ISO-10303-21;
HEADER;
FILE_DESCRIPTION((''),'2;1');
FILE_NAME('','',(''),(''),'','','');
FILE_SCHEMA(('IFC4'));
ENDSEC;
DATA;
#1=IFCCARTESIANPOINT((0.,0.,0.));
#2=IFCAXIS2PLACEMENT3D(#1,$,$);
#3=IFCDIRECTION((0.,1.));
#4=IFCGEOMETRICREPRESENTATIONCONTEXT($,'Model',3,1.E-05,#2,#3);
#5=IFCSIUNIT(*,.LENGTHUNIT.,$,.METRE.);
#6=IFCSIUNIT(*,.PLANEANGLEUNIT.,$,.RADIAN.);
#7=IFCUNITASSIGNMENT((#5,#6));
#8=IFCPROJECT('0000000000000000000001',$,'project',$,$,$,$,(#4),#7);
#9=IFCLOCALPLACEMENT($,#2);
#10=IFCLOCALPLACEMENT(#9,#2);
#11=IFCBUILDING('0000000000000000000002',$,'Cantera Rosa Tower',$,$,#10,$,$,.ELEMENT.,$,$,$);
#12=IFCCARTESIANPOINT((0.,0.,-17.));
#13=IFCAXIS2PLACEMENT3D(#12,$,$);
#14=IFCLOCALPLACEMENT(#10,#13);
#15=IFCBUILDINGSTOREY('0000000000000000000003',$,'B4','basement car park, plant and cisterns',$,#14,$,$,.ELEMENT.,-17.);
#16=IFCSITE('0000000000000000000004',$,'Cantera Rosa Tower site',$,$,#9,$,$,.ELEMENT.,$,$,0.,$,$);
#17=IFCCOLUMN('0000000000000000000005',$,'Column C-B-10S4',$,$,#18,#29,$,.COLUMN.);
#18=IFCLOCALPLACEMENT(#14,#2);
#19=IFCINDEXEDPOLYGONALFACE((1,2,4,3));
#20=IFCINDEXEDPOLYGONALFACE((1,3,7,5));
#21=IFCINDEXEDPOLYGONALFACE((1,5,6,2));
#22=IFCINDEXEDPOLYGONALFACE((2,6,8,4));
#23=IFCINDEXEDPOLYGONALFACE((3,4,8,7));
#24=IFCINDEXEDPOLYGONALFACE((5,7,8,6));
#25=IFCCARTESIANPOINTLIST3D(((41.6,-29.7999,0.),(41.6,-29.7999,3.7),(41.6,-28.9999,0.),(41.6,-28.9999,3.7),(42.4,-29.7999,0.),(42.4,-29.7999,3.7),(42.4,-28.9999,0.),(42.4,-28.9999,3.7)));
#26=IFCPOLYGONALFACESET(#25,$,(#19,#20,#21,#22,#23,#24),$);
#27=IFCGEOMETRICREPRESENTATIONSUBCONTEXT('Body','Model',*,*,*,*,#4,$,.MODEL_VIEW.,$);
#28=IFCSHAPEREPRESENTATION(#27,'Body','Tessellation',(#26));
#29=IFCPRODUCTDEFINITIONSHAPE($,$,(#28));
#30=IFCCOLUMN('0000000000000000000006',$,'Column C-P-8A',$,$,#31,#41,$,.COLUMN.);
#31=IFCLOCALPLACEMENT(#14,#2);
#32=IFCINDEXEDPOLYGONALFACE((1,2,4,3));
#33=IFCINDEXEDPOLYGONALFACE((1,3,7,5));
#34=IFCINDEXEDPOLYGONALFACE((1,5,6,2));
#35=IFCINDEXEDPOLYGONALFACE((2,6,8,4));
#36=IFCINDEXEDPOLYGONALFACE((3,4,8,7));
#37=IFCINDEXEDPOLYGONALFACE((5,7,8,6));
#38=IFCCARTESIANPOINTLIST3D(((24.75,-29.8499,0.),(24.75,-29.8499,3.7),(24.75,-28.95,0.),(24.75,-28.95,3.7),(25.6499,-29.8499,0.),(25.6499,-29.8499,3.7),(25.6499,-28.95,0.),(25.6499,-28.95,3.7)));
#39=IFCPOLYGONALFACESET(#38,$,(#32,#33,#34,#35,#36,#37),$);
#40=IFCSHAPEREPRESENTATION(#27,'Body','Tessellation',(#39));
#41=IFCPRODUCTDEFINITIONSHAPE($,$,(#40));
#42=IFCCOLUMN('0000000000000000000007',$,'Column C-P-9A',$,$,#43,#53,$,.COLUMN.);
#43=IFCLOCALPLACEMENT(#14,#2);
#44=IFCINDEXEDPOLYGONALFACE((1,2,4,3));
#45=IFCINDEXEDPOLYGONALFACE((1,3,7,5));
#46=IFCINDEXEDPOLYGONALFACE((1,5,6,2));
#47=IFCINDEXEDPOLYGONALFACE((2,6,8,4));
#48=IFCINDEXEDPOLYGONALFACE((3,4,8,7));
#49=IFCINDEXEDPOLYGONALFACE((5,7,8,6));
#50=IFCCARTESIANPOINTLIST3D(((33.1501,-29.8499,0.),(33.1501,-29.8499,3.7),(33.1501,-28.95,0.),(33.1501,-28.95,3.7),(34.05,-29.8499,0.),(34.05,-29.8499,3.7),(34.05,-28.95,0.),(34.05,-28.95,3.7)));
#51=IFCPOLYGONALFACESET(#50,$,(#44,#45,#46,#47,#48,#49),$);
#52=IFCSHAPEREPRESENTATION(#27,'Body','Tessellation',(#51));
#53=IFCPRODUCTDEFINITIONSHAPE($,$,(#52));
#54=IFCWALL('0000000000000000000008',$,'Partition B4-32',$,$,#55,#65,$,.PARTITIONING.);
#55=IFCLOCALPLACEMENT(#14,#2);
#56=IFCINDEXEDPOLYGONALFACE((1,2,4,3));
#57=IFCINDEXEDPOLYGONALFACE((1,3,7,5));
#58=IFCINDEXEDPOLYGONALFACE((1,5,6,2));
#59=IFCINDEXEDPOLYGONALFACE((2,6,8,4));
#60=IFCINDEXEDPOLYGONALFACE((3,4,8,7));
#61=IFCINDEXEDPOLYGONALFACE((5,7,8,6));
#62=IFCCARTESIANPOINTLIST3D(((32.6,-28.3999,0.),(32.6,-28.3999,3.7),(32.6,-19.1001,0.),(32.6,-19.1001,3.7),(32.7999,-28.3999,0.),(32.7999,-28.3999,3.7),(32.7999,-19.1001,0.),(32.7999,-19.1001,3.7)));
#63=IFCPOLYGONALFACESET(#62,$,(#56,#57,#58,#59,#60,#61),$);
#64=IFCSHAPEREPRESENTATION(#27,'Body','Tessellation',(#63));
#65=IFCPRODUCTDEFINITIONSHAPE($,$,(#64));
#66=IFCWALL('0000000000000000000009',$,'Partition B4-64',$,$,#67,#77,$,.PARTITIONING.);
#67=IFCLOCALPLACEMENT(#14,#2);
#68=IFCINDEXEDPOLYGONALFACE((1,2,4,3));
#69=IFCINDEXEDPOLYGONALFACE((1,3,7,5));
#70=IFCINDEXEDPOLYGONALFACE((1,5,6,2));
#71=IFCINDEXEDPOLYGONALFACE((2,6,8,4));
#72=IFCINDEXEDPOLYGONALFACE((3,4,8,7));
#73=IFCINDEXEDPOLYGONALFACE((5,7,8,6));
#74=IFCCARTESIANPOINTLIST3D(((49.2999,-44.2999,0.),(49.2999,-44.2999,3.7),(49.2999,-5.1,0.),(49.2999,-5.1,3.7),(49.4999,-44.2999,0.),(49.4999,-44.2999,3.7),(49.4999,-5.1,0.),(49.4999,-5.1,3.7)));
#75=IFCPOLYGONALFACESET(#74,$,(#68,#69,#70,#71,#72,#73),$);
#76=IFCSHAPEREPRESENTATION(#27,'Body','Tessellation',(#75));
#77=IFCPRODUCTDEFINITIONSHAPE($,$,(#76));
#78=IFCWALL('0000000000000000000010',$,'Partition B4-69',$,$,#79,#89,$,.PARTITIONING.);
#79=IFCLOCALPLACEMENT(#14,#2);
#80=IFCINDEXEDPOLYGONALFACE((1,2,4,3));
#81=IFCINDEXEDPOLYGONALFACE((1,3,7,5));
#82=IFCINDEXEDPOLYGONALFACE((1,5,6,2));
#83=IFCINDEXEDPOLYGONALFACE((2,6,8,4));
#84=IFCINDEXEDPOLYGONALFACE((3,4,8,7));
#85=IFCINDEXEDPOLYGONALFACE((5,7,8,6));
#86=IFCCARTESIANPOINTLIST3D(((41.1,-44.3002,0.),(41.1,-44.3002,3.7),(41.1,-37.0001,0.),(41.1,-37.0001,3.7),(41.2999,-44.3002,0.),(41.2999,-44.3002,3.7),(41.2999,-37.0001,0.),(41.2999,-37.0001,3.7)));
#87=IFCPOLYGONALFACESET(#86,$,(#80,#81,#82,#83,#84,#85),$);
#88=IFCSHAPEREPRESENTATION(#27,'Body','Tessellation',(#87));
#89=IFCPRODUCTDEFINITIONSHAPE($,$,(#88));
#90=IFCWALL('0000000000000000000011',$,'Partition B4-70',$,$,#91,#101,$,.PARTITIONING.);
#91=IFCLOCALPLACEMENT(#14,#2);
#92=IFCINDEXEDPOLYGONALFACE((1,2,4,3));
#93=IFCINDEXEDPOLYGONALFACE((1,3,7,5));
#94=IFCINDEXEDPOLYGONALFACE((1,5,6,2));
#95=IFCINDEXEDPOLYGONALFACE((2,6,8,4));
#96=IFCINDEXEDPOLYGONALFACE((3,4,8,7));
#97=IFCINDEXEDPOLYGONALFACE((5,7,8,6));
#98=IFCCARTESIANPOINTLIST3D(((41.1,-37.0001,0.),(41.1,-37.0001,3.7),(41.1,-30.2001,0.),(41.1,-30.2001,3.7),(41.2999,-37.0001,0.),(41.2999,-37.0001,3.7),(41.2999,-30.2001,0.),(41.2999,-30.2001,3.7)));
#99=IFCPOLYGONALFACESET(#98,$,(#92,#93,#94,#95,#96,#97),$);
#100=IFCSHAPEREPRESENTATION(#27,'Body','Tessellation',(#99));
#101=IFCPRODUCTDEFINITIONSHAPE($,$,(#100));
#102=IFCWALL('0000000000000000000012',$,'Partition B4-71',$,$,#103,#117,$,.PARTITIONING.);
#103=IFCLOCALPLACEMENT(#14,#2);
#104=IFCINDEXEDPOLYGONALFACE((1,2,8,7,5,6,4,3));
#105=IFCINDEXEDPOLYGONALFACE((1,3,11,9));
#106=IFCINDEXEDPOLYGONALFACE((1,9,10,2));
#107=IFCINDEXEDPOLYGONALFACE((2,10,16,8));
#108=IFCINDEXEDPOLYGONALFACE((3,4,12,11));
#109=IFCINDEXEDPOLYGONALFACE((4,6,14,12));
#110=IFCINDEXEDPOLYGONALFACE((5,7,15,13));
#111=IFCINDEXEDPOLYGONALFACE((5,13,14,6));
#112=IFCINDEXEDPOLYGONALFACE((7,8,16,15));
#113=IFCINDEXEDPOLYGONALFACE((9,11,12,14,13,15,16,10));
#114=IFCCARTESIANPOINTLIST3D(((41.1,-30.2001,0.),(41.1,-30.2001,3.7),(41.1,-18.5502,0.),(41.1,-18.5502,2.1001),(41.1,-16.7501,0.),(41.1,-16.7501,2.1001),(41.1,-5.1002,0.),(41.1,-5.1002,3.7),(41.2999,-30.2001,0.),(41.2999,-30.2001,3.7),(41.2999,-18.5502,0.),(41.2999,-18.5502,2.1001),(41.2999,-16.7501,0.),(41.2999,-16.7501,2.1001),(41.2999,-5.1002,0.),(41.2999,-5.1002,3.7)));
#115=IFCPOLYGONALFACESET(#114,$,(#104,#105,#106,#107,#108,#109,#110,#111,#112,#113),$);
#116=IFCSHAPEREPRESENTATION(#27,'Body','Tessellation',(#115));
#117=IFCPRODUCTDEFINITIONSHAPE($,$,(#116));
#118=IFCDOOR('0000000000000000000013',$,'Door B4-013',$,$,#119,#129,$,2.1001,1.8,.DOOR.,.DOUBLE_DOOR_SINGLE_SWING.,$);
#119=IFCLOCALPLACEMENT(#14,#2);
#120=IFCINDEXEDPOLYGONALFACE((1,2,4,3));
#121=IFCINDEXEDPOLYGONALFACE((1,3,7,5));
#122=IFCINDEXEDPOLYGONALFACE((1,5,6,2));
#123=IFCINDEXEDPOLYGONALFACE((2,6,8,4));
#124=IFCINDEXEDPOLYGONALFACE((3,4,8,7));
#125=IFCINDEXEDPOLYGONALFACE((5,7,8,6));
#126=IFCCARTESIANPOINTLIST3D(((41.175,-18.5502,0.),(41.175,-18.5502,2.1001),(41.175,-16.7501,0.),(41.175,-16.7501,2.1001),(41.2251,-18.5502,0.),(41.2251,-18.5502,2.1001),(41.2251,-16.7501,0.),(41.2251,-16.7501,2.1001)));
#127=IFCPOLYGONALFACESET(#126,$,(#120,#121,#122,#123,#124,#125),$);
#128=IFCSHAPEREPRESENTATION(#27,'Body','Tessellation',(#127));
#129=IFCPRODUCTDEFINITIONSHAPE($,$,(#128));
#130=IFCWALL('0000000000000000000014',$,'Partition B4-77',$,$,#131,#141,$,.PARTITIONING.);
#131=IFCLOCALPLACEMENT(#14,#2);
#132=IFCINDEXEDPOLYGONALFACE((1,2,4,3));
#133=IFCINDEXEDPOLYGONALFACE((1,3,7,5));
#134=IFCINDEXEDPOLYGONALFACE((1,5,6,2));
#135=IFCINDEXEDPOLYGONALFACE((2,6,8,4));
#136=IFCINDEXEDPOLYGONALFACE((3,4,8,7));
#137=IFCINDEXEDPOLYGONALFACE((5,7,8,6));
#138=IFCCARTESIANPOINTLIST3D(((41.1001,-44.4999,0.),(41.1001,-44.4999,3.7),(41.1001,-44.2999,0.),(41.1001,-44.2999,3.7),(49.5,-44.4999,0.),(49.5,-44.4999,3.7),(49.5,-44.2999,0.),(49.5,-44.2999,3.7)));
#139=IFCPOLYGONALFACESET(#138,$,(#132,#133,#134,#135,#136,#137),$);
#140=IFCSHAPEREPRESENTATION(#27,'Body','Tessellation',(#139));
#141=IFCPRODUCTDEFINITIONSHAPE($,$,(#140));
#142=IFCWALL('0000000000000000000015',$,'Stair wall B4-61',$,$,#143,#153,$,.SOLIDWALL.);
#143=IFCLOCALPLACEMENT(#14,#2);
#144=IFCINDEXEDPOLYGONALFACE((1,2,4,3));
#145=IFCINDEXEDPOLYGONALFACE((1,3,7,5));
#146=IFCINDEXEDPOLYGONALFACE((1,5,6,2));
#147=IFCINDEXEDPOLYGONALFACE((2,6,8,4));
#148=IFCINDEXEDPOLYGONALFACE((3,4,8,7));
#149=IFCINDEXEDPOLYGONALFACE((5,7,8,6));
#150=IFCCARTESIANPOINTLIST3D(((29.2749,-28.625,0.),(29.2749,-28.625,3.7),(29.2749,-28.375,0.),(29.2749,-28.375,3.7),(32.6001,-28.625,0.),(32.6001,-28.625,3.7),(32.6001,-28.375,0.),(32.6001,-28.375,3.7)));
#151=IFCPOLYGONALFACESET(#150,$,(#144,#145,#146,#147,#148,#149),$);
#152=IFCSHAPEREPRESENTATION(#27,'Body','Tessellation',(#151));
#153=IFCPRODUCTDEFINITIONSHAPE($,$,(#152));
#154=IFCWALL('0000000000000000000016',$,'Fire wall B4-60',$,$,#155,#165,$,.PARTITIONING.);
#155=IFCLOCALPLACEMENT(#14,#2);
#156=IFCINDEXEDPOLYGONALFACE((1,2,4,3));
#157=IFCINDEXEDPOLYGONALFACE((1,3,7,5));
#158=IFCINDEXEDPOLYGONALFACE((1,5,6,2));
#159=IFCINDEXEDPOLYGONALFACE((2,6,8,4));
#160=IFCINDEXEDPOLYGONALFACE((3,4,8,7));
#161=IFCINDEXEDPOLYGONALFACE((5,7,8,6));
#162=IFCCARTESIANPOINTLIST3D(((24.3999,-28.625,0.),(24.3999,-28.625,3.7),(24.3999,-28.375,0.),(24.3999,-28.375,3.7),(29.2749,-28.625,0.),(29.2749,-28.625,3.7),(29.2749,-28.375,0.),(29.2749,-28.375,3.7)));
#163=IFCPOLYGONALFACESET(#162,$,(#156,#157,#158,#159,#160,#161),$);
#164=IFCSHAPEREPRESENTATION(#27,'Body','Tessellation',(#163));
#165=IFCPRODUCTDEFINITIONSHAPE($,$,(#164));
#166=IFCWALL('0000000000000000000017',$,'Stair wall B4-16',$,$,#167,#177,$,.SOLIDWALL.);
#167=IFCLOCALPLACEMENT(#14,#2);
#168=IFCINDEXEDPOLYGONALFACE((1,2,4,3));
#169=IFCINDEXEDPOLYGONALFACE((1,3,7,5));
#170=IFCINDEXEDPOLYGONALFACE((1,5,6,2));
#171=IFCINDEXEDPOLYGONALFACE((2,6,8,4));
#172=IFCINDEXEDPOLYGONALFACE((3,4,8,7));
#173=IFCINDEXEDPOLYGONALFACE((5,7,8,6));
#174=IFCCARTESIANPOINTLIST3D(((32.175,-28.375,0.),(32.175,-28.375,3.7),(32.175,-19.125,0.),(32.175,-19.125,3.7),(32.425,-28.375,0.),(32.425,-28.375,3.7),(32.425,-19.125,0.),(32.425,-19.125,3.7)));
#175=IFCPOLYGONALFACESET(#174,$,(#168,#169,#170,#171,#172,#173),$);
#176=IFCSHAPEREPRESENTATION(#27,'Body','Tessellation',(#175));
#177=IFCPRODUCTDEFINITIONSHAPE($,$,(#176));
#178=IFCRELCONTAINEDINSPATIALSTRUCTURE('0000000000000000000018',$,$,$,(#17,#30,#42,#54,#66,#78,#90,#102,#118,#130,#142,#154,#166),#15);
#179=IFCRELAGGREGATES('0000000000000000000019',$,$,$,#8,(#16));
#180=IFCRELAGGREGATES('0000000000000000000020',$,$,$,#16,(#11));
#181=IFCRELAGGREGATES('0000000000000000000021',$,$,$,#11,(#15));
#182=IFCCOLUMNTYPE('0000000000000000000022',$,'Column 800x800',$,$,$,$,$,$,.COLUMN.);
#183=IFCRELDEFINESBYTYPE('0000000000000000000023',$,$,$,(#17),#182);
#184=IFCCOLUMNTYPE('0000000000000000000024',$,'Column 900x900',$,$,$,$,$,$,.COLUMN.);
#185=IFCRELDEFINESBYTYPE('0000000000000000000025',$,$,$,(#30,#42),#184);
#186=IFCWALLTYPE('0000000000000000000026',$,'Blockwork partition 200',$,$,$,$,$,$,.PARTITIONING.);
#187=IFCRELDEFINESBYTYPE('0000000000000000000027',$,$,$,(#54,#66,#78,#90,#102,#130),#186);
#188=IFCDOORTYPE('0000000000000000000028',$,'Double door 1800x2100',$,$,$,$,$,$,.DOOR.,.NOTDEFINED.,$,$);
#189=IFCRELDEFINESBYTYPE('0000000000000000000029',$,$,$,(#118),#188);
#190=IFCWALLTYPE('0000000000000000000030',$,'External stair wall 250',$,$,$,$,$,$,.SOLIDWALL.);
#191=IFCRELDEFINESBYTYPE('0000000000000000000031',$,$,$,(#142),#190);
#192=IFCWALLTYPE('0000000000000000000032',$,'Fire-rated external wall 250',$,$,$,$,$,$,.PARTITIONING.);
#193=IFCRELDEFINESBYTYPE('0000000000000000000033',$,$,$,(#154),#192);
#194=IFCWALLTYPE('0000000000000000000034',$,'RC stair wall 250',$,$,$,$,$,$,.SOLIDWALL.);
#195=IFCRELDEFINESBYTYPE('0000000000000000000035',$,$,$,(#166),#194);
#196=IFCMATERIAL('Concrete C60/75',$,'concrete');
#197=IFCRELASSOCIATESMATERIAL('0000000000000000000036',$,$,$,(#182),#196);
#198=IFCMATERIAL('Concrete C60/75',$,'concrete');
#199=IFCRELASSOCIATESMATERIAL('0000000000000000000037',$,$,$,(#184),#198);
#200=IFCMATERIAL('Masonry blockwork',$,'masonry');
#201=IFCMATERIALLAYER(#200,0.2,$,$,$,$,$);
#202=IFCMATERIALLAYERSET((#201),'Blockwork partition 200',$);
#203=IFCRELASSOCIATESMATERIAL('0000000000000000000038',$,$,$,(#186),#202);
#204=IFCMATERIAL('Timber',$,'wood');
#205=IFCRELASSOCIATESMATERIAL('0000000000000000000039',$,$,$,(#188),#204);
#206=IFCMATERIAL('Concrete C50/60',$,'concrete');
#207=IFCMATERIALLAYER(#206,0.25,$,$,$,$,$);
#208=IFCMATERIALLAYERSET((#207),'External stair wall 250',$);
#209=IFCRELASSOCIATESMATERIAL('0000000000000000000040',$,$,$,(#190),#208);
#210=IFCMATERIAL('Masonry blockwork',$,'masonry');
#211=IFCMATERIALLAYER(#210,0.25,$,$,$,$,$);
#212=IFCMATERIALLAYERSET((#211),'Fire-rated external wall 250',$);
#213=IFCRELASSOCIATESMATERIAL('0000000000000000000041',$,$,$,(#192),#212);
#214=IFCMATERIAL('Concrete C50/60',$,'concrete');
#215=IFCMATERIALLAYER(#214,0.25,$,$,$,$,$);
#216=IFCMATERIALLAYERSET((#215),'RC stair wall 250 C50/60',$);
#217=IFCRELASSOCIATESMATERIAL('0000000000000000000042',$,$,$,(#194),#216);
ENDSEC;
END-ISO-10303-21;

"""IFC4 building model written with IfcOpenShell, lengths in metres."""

from ifc_helpers import new_model, si_unit, direction, frame, frame_2d, origin, origin_2d, place, context, subcontext, project, spatial, rectangle, extrude, material, layer, layer_set, material_profile, profile_set, type_object, element, fill, save


model = new_model("IFC4")

# Units and contexts
model_context = context("Model", 3, precision=1e-05, world=origin(), true_north=direction((0.0, 1.0)))
body_context = subcontext(model_context, "Body", "Model", "MODEL_VIEW")
ifc_project = project(units=[si_unit("LENGTHUNIT", "METRE"), si_unit("PLANEANGLEUNIT", "RADIAN")], contexts=[model_context])

# Site, building, storey
site_placement = place(None, origin())
site = spatial("IfcSite", under=ifc_project, at=site_placement, Name="Cantera Rosa Tower site", CompositionType="ELEMENT", RefElevation=0.0)
building_placement = place(site_placement, origin())
building = spatial("IfcBuilding", under=site, at=building_placement, Name="Cantera Rosa Tower", CompositionType="ELEMENT")
storey_placement = place(building_placement, frame((0.0, 0.0, -17.0)))
storey = spatial("IfcBuildingStorey", under=building, at=storey_placement, Name="B4", Description="basement car park, plant and cisterns", CompositionType="ELEMENT", Elevation=-17.0)

# Columns
ifc_material_1 = material(Name="Concrete C60/75", Category="concrete")
ifc_material_profile_1 = material_profile(ifc_material_1, rectangle(XDim=0.8, YDim=0.8, at=origin_2d()), Name="Column 800x800")
ifc_profile_set_1 = profile_set([ifc_material_profile_1], Name="Concrete C60/75")
column_type_1 = type_object("IfcColumnType", Name="Column 800x800", PredefinedType="COLUMN", material=ifc_profile_set_1)
for number, where, z_axis, x_axis, name in (
    (1, (42.0, -29.3999, 0.0), (0.0, 0.0, 1.0), (1.0, 0.0, 0.0), "Column C-B-10S4"),
):
    element("IfcColumn", number, at=place(storey_placement, frame(where, z_axis=z_axis, x_axis=x_axis)), inside=storey, type_object=column_type_1, Name=name, PredefinedType="COLUMN", context=body_context, shape_type="SweptSolid", body=[
        extrude(rectangle(XDim=0.8, YDim=0.8, at=origin_2d()), origin(), (0.0, 0.0, 1.0), 3.7),
    ])
ifc_material_2 = material(Name="Concrete C60/75", Category="concrete")
ifc_material_profile_2 = material_profile(ifc_material_2, rectangle(XDim=0.8999, YDim=0.8999, at=origin_2d()), Name="Column 900x900")
ifc_profile_set_2 = profile_set([ifc_material_profile_2], Name="Concrete C60/75")
column_type_2 = type_object("IfcColumnType", Name="Column 900x900", PredefinedType="COLUMN", material=ifc_profile_set_2)
for number, where, z_axis, x_axis, name in (
    (2, (25.2, -29.3999, 0.0), (0.0, 0.0, 1.0), (1.0, 0.0, 0.0), "Column C-P-8A"),
    (3, (33.6001, -29.3999, 0.0), (0.0, 0.0, 1.0), (1.0, 0.0, 0.0), "Column C-P-9A"),
):
    element("IfcColumn", number, at=place(storey_placement, frame(where, z_axis=z_axis, x_axis=x_axis)), inside=storey, type_object=column_type_2, Name=name, PredefinedType="COLUMN", context=body_context, shape_type="SweptSolid", body=[
        extrude(rectangle(XDim=0.8999, YDim=0.8999, at=origin_2d()), origin(), (0.0, 0.0, 1.0), 3.7),
    ])

# Walls
ifc_material_3 = material(Name="Masonry blockwork", Category="masonry")
ifc_layer_1 = layer(ifc_material_3, 0.2)
ifc_layer_set_1 = layer_set([ifc_layer_1], Name="Blockwork partition 200")
wall_type_1 = type_object("IfcWallType", Name="Blockwork partition 200", PredefinedType="PARTITIONING", material=ifc_layer_set_1)
wall_1_placement = place(storey_placement, frame((32.7, -28.3999, 0.0), z_axis=(0.0, 0.0, 1.0), x_axis=(0.0, 1.0, 0.0)))
element("IfcWall", 4, at=wall_1_placement, inside=storey, type_object=wall_type_1, Name="Partition B4-32", PredefinedType="PARTITIONING", context=body_context, shape_type="SweptSolid", body=[
    extrude(rectangle(XDim=9.2998, YDim=0.2, at=frame_2d((4.6499, 0.0))), origin(), (0.0, 0.0, 1.0), 3.7),
])
wall_2_placement = place(storey_placement, frame((49.3999, -44.3, 0.0), z_axis=(0.0, 0.0, 1.0), x_axis=(0.0, 1.0, 0.0)))
element("IfcWall", 5, at=wall_2_placement, inside=storey, type_object=wall_type_1, Name="Partition B4-64", PredefinedType="PARTITIONING", context=body_context, shape_type="SweptSolid", body=[
    extrude(rectangle(XDim=39.2, YDim=0.2, at=frame_2d((19.6001, 0.0))), origin(), (0.0, 0.0, 1.0), 3.7),
])
wall_3_placement = place(storey_placement, frame((41.2, -44.3, 0.0), z_axis=(0.0, 0.0, 1.0), x_axis=(0.0, 1.0, 0.0)))
element("IfcWall", 6, at=wall_3_placement, inside=storey, type_object=wall_type_1, Name="Partition B4-69", PredefinedType="PARTITIONING", context=body_context, shape_type="SweptSolid", body=[
    extrude(rectangle(XDim=7.3, YDim=0.2, at=frame_2d((3.6499, 0.0))), origin(), (0.0, 0.0, 1.0), 3.7),
])
wall_4_placement = place(storey_placement, frame((41.2, -37.0, 0.0), z_axis=(0.0, 0.0, 1.0), x_axis=(0.0, 1.0, 0.0)))
element("IfcWall", 7, at=wall_4_placement, inside=storey, type_object=wall_type_1, Name="Partition B4-70", PredefinedType="PARTITIONING", context=body_context, shape_type="SweptSolid", body=[
    extrude(rectangle(XDim=6.8, YDim=0.2, at=frame_2d((3.3999, 0.0))), origin(), (0.0, 0.0, 1.0), 3.7),
])

# Wall, opening, door
wall_5_placement = place(storey_placement, frame((41.2, -30.2, 0.0), z_axis=(0.0, 0.0, 1.0), x_axis=(0.0, 1.0, 0.0)))
wall_5 = element("IfcWall", 8, at=wall_5_placement, inside=storey, type_object=wall_type_1, Name="Partition B4-71", PredefinedType="PARTITIONING", context=body_context, shape_type="SweptSolid", body=[
    extrude(rectangle(XDim=25.0999, YDim=0.2, at=frame_2d((12.5498, 0.0))), origin(), (0.0, 0.0, 1.0), 3.7),
])
opening_1_placement = place(wall_5_placement, frame((11.6499, 0.0, 0.0)))
opening_1 = element("IfcOpeningElement", 9, at=opening_1_placement, cuts=wall_5, PredefinedType="OPENING", context=body_context, shape_type="SweptSolid", body=[
    extrude(rectangle(XDim=1.8, YDim=2.1001, at=frame_2d((0.8999, 1.05))), frame((0.0, 0.1099, 0.0), z_axis=(0.0, -1.0, 0.0), x_axis=(1.0, 0.0, 0.0)), (0.0, 0.0, 1.0), 0.22),
])
ifc_material_4 = material(Name="Timber", Category="wood")
door_type_1 = type_object("IfcDoorType", Name="Double door 1800x2100", OperationType="NOTDEFINED", PredefinedType="DOOR", material=ifc_material_4)
door_1_placement = place(opening_1_placement, origin())
door_1 = element("IfcDoor", 10, at=door_1_placement, inside=storey, type_object=door_type_1, Name="Door B4-013", OperationType="DOUBLE_DOOR_SINGLE_SWING", OverallHeight=2.1001, OverallWidth=1.8, PredefinedType="DOOR", context=body_context, shape_type="SweptSolid", body=[
    extrude(rectangle(XDim=1.8, YDim=2.1001, at=frame_2d((0.8999, 1.05))), frame((0.0, 0.0249, 0.0), z_axis=(0.0, -1.0, 0.0), x_axis=(1.0, 0.0, 0.0)), (0.0, 0.0, 1.0), 0.05),
])
fill(opening_1, door_1)

# Walls
wall_6_placement = place(storey_placement, frame((41.1001, -44.3999, 0.0), z_axis=(0.0, 0.0, 1.0), x_axis=(1.0, 0.0, 0.0)))
element("IfcWall", 11, at=wall_6_placement, inside=storey, type_object=wall_type_1, Name="Partition B4-77", PredefinedType="PARTITIONING", context=body_context, shape_type="SweptSolid", body=[
    extrude(rectangle(XDim=8.3999, YDim=0.2, at=frame_2d((4.2, 0.0))), origin(), (0.0, 0.0, 1.0), 3.7),
])
ifc_material_5 = material(Name="Concrete C50/60", Category="concrete")
ifc_layer_2 = layer(ifc_material_5, 0.25)
ifc_layer_set_2 = layer_set([ifc_layer_2], Name="External stair wall 250")
wall_type_2 = type_object("IfcWallType", Name="External stair wall 250", PredefinedType="SOLIDWALL", material=ifc_layer_set_2)
wall_7_placement = place(storey_placement, frame((32.6001, -28.5, 0.0), z_axis=(0.0, 0.0, 1.0), x_axis=(-1.0, 0.0, 0.0)))
element("IfcWall", 12, at=wall_7_placement, inside=storey, type_object=wall_type_2, Name="Stair wall B4-61", PredefinedType="SOLIDWALL", context=body_context, shape_type="SweptSolid", body=[
    extrude(rectangle(XDim=3.3252, YDim=0.25, at=frame_2d((1.6626, 0.0))), origin(), (0.0, 0.0, 1.0), 3.7),
])
ifc_material_6 = material(Name="Masonry blockwork", Category="masonry")
ifc_layer_3 = layer(ifc_material_6, 0.25)
ifc_layer_set_3 = layer_set([ifc_layer_3], Name="Fire-rated external wall 250")
wall_type_3 = type_object("IfcWallType", Name="Fire-rated external wall 250", PredefinedType="PARTITIONING", material=ifc_layer_set_3)
wall_8_placement = place(storey_placement, frame((24.3999, -28.5, 0.0), z_axis=(0.0, 0.0, 1.0), x_axis=(1.0, 0.0, 0.0)))
element("IfcWall", 13, at=wall_8_placement, inside=storey, type_object=wall_type_3, Name="Fire wall B4-60", PredefinedType="PARTITIONING", context=body_context, shape_type="SweptSolid", body=[
    extrude(rectangle(XDim=4.875, YDim=0.25, at=frame_2d((2.4375, 0.0))), origin(), (0.0, 0.0, 1.0), 3.7),
])
ifc_material_7 = material(Name="Concrete C50/60", Category="concrete")
ifc_layer_4 = layer(ifc_material_7, 0.25)
ifc_layer_set_4 = layer_set([ifc_layer_4], Name="RC stair wall 250 C50/60")
wall_type_4 = type_object("IfcWallType", Name="RC stair wall 250", PredefinedType="SOLIDWALL", material=ifc_layer_set_4)
wall_9_placement = place(storey_placement, frame((32.3, -28.375, 0.0), z_axis=(0.0, 0.0, 1.0), x_axis=(0.0, 1.0, 0.0)))
element("IfcWall", 14, at=wall_9_placement, inside=storey, type_object=wall_type_4, Name="Stair wall B4-16", PredefinedType="SOLIDWALL", context=body_context, shape_type="SweptSolid", body=[
    extrude(rectangle(XDim=9.25, YDim=0.25, at=frame_2d((4.625, 0.0))), origin(), (0.0, 0.0, 1.0), 3.7),
])

save(model, "model.ifc")
